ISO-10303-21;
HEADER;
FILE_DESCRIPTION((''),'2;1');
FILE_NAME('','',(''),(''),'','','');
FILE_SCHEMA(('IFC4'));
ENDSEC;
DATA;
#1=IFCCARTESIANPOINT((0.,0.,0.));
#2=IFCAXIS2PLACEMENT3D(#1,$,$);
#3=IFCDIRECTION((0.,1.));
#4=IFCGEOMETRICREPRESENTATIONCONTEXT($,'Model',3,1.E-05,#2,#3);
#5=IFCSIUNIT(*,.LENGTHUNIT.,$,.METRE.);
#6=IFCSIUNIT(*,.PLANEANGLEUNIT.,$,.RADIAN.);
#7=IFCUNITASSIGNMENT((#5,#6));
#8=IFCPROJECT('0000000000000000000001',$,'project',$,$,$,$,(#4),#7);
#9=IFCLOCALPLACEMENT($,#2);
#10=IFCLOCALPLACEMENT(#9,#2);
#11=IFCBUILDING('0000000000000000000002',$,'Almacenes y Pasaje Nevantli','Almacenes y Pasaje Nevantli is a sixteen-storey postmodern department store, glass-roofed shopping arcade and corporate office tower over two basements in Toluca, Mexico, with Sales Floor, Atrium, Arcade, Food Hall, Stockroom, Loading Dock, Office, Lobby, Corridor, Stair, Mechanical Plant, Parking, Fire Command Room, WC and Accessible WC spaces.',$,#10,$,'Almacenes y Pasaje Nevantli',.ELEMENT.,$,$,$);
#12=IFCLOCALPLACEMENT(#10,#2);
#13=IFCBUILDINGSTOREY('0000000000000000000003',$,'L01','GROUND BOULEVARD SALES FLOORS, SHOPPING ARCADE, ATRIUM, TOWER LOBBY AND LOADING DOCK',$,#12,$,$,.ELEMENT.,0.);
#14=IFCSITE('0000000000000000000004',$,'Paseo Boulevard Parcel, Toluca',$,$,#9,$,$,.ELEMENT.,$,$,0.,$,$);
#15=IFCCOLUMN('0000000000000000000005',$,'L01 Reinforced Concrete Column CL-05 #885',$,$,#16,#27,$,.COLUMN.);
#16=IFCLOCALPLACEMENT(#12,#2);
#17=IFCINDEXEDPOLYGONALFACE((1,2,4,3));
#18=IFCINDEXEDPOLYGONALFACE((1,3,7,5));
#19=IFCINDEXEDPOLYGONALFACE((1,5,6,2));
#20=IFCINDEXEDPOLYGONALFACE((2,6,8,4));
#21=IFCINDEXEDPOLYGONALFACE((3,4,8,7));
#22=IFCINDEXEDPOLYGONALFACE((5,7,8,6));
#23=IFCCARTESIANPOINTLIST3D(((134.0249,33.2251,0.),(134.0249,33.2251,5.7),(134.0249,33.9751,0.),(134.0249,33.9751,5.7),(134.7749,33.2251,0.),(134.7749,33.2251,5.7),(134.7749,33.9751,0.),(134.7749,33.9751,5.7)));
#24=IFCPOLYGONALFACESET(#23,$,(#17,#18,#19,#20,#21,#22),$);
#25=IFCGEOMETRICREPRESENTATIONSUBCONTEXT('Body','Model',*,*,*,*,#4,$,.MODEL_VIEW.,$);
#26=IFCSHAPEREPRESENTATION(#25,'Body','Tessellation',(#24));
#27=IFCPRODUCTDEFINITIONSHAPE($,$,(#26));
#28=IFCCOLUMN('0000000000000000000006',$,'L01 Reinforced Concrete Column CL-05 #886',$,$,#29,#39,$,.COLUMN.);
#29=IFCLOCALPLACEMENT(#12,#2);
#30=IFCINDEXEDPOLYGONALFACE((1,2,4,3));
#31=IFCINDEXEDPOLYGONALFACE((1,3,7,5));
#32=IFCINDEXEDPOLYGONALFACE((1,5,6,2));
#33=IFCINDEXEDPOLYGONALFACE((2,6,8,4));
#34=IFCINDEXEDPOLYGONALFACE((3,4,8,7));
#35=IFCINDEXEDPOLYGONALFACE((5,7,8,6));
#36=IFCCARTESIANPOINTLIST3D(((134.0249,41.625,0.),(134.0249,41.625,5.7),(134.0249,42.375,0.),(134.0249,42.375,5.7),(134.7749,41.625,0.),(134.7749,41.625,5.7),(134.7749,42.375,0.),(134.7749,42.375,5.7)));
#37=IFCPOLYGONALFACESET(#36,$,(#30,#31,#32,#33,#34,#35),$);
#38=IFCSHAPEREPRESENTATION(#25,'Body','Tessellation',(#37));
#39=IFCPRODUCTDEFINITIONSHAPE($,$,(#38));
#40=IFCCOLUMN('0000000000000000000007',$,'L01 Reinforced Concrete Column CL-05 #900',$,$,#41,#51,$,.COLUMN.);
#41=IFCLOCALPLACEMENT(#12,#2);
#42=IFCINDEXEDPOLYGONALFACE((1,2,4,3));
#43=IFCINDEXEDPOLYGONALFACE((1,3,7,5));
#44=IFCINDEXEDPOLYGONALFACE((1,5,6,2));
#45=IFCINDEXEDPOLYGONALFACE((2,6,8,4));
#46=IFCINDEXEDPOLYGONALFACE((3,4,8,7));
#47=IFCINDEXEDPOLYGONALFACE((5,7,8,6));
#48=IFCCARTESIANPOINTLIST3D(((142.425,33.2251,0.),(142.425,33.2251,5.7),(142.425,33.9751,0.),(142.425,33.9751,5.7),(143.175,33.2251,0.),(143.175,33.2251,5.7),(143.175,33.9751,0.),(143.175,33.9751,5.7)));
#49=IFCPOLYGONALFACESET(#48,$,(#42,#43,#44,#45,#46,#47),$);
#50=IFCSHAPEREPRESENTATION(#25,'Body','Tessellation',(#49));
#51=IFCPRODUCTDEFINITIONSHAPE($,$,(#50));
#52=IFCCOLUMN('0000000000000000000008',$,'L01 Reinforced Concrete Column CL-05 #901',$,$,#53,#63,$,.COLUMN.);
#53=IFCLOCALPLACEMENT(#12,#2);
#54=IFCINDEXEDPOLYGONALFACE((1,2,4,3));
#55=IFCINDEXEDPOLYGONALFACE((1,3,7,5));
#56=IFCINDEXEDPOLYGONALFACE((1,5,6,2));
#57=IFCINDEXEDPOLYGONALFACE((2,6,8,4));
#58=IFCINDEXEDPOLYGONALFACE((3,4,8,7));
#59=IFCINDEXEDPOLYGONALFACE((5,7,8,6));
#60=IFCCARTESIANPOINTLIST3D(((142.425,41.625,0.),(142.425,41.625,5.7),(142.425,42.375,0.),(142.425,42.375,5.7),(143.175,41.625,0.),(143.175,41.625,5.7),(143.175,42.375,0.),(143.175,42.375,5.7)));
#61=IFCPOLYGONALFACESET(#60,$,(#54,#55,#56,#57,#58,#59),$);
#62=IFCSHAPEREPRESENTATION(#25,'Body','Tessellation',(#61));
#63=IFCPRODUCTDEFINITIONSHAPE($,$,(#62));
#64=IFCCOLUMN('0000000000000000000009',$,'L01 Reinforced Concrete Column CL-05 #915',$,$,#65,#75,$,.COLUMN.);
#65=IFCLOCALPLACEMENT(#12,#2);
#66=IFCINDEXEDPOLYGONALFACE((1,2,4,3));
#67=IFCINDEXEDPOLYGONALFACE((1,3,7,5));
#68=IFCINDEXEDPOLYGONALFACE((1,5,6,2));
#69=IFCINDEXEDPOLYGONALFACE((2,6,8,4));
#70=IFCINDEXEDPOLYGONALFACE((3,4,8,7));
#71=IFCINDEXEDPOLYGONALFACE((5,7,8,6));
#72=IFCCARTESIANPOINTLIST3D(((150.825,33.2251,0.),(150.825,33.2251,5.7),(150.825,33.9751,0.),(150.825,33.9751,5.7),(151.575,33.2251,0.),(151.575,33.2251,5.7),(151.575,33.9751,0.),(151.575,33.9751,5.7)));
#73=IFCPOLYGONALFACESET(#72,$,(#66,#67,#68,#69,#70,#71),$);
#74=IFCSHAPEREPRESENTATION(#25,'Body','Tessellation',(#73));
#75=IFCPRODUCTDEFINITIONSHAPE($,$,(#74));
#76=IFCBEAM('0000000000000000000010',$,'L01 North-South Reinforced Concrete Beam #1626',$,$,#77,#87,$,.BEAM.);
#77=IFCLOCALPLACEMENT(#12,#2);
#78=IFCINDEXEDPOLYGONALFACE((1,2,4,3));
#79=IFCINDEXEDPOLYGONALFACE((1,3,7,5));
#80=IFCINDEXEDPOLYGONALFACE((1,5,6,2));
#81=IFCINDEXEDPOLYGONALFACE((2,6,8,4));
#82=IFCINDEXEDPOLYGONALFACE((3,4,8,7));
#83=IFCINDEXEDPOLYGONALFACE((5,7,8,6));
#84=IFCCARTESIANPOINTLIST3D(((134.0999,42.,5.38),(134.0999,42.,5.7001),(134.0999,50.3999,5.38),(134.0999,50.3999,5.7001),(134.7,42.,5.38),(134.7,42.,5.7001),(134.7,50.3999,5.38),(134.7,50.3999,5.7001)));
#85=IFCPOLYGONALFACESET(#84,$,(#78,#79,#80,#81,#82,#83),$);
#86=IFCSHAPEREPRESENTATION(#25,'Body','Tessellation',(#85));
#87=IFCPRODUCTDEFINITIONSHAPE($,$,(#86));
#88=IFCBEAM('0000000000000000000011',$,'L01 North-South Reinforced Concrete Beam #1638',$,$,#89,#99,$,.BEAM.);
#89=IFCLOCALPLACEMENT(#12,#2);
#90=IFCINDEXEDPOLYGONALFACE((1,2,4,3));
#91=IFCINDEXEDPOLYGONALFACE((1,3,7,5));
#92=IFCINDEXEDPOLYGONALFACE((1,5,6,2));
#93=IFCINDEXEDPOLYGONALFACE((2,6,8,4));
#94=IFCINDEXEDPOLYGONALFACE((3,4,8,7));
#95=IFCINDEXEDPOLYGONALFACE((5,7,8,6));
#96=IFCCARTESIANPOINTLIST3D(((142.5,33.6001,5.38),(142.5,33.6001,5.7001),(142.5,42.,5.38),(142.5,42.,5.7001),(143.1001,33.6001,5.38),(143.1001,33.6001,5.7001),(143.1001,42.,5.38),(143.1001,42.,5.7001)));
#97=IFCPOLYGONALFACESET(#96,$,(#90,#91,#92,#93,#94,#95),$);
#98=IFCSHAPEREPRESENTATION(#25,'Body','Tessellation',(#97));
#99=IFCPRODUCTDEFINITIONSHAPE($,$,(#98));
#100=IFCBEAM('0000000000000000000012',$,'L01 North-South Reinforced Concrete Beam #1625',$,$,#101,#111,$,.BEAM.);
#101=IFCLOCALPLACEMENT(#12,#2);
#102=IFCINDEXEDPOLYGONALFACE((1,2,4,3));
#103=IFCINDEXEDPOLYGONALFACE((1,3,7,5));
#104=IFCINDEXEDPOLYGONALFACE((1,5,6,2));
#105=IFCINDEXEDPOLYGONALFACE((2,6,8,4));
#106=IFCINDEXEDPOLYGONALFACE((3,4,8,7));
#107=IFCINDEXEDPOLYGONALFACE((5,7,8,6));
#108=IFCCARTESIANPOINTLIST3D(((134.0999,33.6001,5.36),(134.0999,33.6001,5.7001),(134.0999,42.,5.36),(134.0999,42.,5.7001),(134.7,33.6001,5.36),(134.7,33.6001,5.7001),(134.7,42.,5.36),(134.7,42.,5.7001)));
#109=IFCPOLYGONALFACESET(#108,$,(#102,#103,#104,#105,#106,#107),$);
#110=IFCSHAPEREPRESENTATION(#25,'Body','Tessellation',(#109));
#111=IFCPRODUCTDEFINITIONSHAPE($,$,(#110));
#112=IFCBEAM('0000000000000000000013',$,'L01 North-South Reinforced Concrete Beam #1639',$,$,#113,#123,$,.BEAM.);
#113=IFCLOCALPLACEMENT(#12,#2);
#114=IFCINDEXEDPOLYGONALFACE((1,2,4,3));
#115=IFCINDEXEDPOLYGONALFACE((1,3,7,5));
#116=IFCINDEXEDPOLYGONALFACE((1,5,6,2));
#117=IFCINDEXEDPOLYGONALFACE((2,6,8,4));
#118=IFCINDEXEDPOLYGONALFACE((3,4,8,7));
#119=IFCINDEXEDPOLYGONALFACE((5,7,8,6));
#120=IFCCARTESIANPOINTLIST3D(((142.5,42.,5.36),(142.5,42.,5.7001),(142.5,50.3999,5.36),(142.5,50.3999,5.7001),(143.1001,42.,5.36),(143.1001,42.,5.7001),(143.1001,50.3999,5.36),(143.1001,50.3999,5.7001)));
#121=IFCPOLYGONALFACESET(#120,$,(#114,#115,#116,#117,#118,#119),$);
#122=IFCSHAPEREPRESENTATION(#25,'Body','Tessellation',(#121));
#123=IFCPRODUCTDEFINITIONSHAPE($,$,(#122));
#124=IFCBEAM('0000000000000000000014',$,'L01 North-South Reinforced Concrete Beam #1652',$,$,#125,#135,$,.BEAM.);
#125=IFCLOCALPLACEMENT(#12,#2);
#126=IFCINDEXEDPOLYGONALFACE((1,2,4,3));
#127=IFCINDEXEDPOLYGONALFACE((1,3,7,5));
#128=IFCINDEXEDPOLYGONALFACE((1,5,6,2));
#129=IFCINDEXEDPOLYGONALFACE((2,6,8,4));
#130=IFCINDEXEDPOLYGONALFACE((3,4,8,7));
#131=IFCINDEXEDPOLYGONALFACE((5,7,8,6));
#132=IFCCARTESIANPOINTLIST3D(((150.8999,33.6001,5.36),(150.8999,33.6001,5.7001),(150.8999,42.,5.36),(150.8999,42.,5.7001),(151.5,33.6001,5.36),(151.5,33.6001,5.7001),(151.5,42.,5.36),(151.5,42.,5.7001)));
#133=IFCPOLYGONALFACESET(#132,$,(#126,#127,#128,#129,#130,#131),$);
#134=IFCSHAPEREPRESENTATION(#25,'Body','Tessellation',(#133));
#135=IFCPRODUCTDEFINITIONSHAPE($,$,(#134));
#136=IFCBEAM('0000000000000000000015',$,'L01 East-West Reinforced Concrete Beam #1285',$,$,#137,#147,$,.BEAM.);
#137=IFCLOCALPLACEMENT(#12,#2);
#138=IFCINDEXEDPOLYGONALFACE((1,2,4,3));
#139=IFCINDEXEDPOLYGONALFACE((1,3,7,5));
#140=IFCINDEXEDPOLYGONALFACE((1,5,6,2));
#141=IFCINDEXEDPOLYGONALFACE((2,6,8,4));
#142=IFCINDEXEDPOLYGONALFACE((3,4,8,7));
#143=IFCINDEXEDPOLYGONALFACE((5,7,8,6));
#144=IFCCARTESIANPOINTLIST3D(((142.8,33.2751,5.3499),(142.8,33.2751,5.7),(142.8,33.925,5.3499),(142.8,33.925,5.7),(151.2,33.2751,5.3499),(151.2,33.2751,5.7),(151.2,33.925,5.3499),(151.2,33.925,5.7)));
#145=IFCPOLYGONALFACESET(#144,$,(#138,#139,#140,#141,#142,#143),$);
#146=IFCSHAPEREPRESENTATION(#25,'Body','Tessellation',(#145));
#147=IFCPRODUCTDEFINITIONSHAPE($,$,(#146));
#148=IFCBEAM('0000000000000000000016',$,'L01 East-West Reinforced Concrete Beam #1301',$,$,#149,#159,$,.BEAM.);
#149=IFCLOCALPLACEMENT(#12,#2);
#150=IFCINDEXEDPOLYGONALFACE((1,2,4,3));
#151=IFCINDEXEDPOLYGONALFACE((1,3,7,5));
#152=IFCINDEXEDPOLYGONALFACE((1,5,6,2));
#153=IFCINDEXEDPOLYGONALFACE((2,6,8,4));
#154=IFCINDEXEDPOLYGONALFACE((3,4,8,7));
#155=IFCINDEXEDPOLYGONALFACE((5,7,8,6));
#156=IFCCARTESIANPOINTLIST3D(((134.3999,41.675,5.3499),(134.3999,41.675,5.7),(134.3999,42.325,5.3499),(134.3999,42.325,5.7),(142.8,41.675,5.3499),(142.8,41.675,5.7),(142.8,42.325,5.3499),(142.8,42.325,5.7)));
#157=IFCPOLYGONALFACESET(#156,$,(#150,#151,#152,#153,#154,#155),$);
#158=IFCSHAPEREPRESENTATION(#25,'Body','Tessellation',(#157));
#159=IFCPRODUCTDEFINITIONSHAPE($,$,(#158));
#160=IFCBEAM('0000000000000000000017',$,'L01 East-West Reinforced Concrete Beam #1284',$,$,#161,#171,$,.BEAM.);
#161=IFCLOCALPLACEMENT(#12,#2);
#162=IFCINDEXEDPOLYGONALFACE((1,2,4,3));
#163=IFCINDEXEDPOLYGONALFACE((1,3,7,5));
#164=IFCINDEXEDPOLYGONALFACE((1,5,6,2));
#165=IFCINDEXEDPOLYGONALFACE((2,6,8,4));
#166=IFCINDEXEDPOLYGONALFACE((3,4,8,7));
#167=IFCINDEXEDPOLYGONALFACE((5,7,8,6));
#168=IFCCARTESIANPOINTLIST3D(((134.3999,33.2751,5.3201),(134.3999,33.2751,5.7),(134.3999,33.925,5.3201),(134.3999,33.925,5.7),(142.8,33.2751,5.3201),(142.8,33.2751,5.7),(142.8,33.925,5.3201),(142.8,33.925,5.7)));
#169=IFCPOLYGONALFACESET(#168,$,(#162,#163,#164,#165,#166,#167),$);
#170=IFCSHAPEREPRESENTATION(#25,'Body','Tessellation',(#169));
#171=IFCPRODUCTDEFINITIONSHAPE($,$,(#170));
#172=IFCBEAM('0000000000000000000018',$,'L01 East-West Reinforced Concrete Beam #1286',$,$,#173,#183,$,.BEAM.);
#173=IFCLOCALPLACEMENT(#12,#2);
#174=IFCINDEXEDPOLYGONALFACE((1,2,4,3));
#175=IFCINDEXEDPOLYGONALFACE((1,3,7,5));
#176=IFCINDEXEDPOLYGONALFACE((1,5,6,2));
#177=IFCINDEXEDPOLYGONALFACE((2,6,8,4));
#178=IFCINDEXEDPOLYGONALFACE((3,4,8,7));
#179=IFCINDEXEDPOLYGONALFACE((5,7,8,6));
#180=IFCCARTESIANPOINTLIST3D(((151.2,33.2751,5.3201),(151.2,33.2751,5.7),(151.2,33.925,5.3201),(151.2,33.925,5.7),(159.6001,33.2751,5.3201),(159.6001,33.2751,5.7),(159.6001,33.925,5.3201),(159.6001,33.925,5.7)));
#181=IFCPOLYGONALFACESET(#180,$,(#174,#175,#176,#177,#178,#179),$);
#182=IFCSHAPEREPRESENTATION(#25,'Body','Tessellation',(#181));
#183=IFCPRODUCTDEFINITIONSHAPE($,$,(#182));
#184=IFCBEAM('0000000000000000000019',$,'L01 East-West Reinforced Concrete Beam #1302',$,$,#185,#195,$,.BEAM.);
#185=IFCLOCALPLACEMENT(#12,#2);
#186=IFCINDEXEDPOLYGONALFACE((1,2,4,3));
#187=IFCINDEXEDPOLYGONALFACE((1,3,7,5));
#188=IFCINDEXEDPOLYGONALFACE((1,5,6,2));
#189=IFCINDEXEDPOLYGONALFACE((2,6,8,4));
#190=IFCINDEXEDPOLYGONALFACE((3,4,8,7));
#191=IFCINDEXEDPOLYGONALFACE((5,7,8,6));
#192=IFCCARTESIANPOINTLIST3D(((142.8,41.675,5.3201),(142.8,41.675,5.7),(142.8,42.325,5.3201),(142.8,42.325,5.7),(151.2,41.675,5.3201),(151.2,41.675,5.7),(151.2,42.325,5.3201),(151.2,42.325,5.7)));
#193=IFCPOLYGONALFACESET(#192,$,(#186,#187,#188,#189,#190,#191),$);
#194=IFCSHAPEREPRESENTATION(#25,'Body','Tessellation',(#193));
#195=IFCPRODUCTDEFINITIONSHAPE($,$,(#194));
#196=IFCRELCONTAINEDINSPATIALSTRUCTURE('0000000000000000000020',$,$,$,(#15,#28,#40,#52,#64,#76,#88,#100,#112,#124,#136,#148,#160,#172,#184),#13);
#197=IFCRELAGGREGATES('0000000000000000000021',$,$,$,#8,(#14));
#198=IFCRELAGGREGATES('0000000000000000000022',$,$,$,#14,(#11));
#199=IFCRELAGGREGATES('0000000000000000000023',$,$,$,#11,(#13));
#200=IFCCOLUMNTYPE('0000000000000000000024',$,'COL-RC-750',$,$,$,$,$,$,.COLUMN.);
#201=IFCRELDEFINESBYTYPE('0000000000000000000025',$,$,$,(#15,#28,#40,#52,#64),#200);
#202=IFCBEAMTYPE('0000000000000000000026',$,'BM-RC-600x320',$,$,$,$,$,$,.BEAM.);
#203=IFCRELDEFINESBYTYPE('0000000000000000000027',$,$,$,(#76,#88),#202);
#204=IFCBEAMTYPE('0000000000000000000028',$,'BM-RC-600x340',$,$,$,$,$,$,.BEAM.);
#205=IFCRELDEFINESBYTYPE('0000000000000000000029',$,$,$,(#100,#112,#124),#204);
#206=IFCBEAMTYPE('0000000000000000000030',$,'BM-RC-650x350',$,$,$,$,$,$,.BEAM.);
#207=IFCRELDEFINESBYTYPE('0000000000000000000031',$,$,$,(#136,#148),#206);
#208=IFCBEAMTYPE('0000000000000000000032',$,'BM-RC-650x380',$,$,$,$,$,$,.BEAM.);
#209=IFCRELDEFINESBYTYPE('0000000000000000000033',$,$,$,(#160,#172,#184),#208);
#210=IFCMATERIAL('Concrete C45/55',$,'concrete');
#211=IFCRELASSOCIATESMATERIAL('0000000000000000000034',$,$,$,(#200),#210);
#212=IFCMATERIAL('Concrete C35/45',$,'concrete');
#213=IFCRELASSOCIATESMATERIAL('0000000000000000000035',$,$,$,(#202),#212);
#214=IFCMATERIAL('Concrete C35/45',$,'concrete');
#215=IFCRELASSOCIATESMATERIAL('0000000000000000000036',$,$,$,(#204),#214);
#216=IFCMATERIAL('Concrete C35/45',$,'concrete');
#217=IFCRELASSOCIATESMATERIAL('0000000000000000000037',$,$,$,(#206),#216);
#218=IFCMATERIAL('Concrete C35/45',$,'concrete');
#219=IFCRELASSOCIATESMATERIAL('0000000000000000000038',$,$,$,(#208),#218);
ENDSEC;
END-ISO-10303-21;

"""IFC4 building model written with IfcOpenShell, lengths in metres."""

from ifc_helpers import new_model, si_unit, direction, frame, origin, origin_2d, place, context, subcontext, project, spatial, rectangle, extrude, material, material_profile, profile_set, type_object, element, save


model = new_model("IFC4")

# Units and contexts
model_context = context("Model", 3, precision=1e-05, world=origin(), true_north=direction((0.0, 1.0)))
body_context = subcontext(model_context, "Body", "Model", "MODEL_VIEW")
ifc_project = project(units=[si_unit("LENGTHUNIT", "METRE"), si_unit("PLANEANGLEUNIT", "RADIAN")], contexts=[model_context])

# Site, building, storey
site_placement = place(None, origin())
site = spatial("IfcSite", under=ifc_project, at=site_placement, Name="Paseo Boulevard Parcel, Toluca", CompositionType="ELEMENT", RefElevation=0.0)
building_placement = place(site_placement, origin())
building = spatial("IfcBuilding", under=site, at=building_placement, Name="Almacenes y Pasaje Nevantli", Description="Almacenes y Pasaje Nevantli is a sixteen-storey postmodern department store, glass-roofed shopping arcade and corporate office tower over two basements in Toluca, Mexico, with Sales Floor, Atrium, Arcade, Food Hall, Stockroom, Loading Dock, Office, Lobby, Corridor, Stair, Mechanical Plant, Parking, Fire Command Room, WC and Accessible WC spaces.", LongName="Almacenes y Pasaje Nevantli", CompositionType="ELEMENT")
storey_placement = place(building_placement, origin())
storey = spatial("IfcBuildingStorey", under=building, at=storey_placement, Name="L01", Description="GROUND BOULEVARD SALES FLOORS, SHOPPING ARCADE, ATRIUM, TOWER LOBBY AND LOADING DOCK", CompositionType="ELEMENT", Elevation=0.0)

# Columns
ifc_material_1 = material(Name="Concrete C45/55", Category="concrete")
ifc_material_profile_1 = material_profile(ifc_material_1, rectangle(XDim=0.75, YDim=0.75, at=origin_2d()), Name="RC-COL-750x750")
ifc_profile_set_1 = profile_set([ifc_material_profile_1], Name="Concrete C45/55")
column_type = type_object("IfcColumnType", Name="COL-RC-750", PredefinedType="COLUMN", material=ifc_profile_set_1)
for number, where, z_axis, x_axis, name in (
    (1, (134.3999, 33.6001, 0.0), (0.0, 0.0, 1.0), (1.0, 0.0, 0.0), "L01 Reinforced Concrete Column CL-05 #885"),
    (2, (134.3999, 42.0, 0.0), (0.0, 0.0, 1.0), (1.0, 0.0, 0.0), "L01 Reinforced Concrete Column CL-05 #886"),
    (3, (142.8, 33.6001, 0.0), (0.0, 0.0, 1.0), (1.0, 0.0, 0.0), "L01 Reinforced Concrete Column CL-05 #900"),
    (4, (142.8, 42.0, 0.0), (0.0, 0.0, 1.0), (1.0, 0.0, 0.0), "L01 Reinforced Concrete Column CL-05 #901"),
    (5, (151.2, 33.6001, 0.0), (0.0, 0.0, 1.0), (1.0, 0.0, 0.0), "L01 Reinforced Concrete Column CL-05 #915"),
):
    element("IfcColumn", number, at=place(storey_placement, frame(where, z_axis=z_axis, x_axis=x_axis)), inside=storey, type_object=column_type, Name=name, PredefinedType="COLUMN", context=body_context, shape_type="SweptSolid", body=[
        extrude(rectangle(XDim=0.75, YDim=0.75, at=origin_2d()), origin(), (0.0, 0.0, 1.0), 5.7),
    ])

# Beams
ifc_material_2 = material(Name="Concrete C35/45", Category="concrete")
ifc_material_profile_2 = material_profile(ifc_material_2, rectangle(XDim=0.6001, YDim=0.3201, at=origin_2d()), Name="RC-BM-600x320")
ifc_profile_set_2 = profile_set([ifc_material_profile_2], Name="Concrete C35/45")
beam_type_1 = type_object("IfcBeamType", Name="BM-RC-600x320", PredefinedType="BEAM", material=ifc_profile_set_2)
for number, where, z_axis, x_axis, name in (
    (6, (134.3999, 42.0, 5.54), (0.0, 1.0, 0.0), (-1.0, 0.0, 0.0), "L01 North-South Reinforced Concrete Beam #1626"),
    (7, (142.8, 33.6001, 5.54), (0.0, 1.0, 0.0), (-1.0, 0.0, 0.0), "L01 North-South Reinforced Concrete Beam #1638"),
):
    element("IfcBeam", number, at=place(storey_placement, frame(where, z_axis=z_axis, x_axis=x_axis)), inside=storey, type_object=beam_type_1, Name=name, PredefinedType="BEAM", context=body_context, shape_type="SweptSolid", body=[
        extrude(rectangle(XDim=0.6001, YDim=0.3201, at=origin_2d()), origin(), (0.0, 0.0, 1.0), 8.3999),
    ])
ifc_material_3 = material(Name="Concrete C35/45", Category="concrete")
ifc_material_profile_3 = material_profile(ifc_material_3, rectangle(XDim=0.6001, YDim=0.3401, at=origin_2d()), Name="RC-BM-600x340")
ifc_profile_set_3 = profile_set([ifc_material_profile_3], Name="Concrete C35/45")
beam_type_2 = type_object("IfcBeamType", Name="BM-RC-600x340", PredefinedType="BEAM", material=ifc_profile_set_3)
for number, where, z_axis, x_axis, name in (
    (8, (134.3999, 33.6001, 5.53), (0.0, 1.0, 0.0), (-1.0, 0.0, 0.0), "L01 North-South Reinforced Concrete Beam #1625"),
    (9, (142.8, 42.0, 5.53), (0.0, 1.0, 0.0), (-1.0, 0.0, 0.0), "L01 North-South Reinforced Concrete Beam #1639"),
    (10, (151.2, 33.6001, 5.53), (0.0, 1.0, 0.0), (-1.0, 0.0, 0.0), "L01 North-South Reinforced Concrete Beam #1652"),
):
    element("IfcBeam", number, at=place(storey_placement, frame(where, z_axis=z_axis, x_axis=x_axis)), inside=storey, type_object=beam_type_2, Name=name, PredefinedType="BEAM", context=body_context, shape_type="SweptSolid", body=[
        extrude(rectangle(XDim=0.6001, YDim=0.3401, at=origin_2d()), origin(), (0.0, 0.0, 1.0), 8.3999),
    ])
ifc_material_4 = material(Name="Concrete C35/45", Category="concrete")
ifc_material_profile_4 = material_profile(ifc_material_4, rectangle(XDim=0.6499, YDim=0.3501, at=origin_2d()), Name="RC-BM-650x350")
ifc_profile_set_4 = profile_set([ifc_material_profile_4], Name="Concrete C35/45")
beam_type_3 = type_object("IfcBeamType", Name="BM-RC-650x350", PredefinedType="BEAM", material=ifc_profile_set_4)
beam_1_placement = place(storey_placement, frame((142.8, 33.6001, 5.5249), z_axis=(1.0, 0.0, 0.0), x_axis=(0.0, 1.0, 0.0)))
element("IfcBeam", 11, at=beam_1_placement, inside=storey, type_object=beam_type_3, Name="L01 East-West Reinforced Concrete Beam #1285", PredefinedType="BEAM", context=body_context, shape_type="SweptSolid", body=[
    extrude(rectangle(XDim=0.6499, YDim=0.3501, at=origin_2d()), origin(), (0.0, 0.0, 1.0), 8.3999),
])
beam_2_placement = place(storey_placement, frame((134.3999, 42.0, 5.5249), z_axis=(1.0, 0.0, 0.0), x_axis=(0.0, 1.0, 0.0)))
element("IfcBeam", 12, at=beam_2_placement, inside=storey, type_object=beam_type_3, Name="L01 East-West Reinforced Concrete Beam #1301", PredefinedType="BEAM", context=body_context, shape_type="SweptSolid", body=[
    extrude(rectangle(XDim=0.6499, YDim=0.3501, at=origin_2d()), origin(), (0.0, 0.0, 1.0), 8.4001),
])
ifc_material_5 = material(Name="Concrete C35/45", Category="concrete")
ifc_material_profile_5 = material_profile(ifc_material_5, rectangle(XDim=0.6499, YDim=0.3799, at=origin_2d()), Name="RC-BM-650x380")
ifc_profile_set_5 = profile_set([ifc_material_profile_5], Name="Concrete C35/45")
beam_type_4 = type_object("IfcBeamType", Name="BM-RC-650x380", PredefinedType="BEAM", material=ifc_profile_set_5)
for number, where, z_axis, x_axis, name in (
    (13, (134.3999, 33.6001, 5.51), (1.0, 0.0, 0.0), (0.0, 1.0, 0.0), "L01 East-West Reinforced Concrete Beam #1284"),
    (14, (151.2, 33.6001, 5.51), (1.0, 0.0, 0.0), (0.0, 1.0, 0.0), "L01 East-West Reinforced Concrete Beam #1286"),
):
    element("IfcBeam", number, at=place(storey_placement, frame(where, z_axis=z_axis, x_axis=x_axis)), inside=storey, type_object=beam_type_4, Name=name, PredefinedType="BEAM", context=body_context, shape_type="SweptSolid", body=[
        extrude(rectangle(XDim=0.6499, YDim=0.3799, at=origin_2d()), origin(), (0.0, 0.0, 1.0), 8.4001),
    ])
beam_3_placement = place(storey_placement, frame((142.8, 42.0, 5.51), z_axis=(1.0, 0.0, 0.0), x_axis=(0.0, 1.0, 0.0)))
element("IfcBeam", 15, at=beam_3_placement, inside=storey, type_object=beam_type_4, Name="L01 East-West Reinforced Concrete Beam #1302", PredefinedType="BEAM", context=body_context, shape_type="SweptSolid", body=[
    extrude(rectangle(XDim=0.6499, YDim=0.3799, at=origin_2d()), origin(), (0.0, 0.0, 1.0), 8.3999),
])

save(model, "model.ifc")
